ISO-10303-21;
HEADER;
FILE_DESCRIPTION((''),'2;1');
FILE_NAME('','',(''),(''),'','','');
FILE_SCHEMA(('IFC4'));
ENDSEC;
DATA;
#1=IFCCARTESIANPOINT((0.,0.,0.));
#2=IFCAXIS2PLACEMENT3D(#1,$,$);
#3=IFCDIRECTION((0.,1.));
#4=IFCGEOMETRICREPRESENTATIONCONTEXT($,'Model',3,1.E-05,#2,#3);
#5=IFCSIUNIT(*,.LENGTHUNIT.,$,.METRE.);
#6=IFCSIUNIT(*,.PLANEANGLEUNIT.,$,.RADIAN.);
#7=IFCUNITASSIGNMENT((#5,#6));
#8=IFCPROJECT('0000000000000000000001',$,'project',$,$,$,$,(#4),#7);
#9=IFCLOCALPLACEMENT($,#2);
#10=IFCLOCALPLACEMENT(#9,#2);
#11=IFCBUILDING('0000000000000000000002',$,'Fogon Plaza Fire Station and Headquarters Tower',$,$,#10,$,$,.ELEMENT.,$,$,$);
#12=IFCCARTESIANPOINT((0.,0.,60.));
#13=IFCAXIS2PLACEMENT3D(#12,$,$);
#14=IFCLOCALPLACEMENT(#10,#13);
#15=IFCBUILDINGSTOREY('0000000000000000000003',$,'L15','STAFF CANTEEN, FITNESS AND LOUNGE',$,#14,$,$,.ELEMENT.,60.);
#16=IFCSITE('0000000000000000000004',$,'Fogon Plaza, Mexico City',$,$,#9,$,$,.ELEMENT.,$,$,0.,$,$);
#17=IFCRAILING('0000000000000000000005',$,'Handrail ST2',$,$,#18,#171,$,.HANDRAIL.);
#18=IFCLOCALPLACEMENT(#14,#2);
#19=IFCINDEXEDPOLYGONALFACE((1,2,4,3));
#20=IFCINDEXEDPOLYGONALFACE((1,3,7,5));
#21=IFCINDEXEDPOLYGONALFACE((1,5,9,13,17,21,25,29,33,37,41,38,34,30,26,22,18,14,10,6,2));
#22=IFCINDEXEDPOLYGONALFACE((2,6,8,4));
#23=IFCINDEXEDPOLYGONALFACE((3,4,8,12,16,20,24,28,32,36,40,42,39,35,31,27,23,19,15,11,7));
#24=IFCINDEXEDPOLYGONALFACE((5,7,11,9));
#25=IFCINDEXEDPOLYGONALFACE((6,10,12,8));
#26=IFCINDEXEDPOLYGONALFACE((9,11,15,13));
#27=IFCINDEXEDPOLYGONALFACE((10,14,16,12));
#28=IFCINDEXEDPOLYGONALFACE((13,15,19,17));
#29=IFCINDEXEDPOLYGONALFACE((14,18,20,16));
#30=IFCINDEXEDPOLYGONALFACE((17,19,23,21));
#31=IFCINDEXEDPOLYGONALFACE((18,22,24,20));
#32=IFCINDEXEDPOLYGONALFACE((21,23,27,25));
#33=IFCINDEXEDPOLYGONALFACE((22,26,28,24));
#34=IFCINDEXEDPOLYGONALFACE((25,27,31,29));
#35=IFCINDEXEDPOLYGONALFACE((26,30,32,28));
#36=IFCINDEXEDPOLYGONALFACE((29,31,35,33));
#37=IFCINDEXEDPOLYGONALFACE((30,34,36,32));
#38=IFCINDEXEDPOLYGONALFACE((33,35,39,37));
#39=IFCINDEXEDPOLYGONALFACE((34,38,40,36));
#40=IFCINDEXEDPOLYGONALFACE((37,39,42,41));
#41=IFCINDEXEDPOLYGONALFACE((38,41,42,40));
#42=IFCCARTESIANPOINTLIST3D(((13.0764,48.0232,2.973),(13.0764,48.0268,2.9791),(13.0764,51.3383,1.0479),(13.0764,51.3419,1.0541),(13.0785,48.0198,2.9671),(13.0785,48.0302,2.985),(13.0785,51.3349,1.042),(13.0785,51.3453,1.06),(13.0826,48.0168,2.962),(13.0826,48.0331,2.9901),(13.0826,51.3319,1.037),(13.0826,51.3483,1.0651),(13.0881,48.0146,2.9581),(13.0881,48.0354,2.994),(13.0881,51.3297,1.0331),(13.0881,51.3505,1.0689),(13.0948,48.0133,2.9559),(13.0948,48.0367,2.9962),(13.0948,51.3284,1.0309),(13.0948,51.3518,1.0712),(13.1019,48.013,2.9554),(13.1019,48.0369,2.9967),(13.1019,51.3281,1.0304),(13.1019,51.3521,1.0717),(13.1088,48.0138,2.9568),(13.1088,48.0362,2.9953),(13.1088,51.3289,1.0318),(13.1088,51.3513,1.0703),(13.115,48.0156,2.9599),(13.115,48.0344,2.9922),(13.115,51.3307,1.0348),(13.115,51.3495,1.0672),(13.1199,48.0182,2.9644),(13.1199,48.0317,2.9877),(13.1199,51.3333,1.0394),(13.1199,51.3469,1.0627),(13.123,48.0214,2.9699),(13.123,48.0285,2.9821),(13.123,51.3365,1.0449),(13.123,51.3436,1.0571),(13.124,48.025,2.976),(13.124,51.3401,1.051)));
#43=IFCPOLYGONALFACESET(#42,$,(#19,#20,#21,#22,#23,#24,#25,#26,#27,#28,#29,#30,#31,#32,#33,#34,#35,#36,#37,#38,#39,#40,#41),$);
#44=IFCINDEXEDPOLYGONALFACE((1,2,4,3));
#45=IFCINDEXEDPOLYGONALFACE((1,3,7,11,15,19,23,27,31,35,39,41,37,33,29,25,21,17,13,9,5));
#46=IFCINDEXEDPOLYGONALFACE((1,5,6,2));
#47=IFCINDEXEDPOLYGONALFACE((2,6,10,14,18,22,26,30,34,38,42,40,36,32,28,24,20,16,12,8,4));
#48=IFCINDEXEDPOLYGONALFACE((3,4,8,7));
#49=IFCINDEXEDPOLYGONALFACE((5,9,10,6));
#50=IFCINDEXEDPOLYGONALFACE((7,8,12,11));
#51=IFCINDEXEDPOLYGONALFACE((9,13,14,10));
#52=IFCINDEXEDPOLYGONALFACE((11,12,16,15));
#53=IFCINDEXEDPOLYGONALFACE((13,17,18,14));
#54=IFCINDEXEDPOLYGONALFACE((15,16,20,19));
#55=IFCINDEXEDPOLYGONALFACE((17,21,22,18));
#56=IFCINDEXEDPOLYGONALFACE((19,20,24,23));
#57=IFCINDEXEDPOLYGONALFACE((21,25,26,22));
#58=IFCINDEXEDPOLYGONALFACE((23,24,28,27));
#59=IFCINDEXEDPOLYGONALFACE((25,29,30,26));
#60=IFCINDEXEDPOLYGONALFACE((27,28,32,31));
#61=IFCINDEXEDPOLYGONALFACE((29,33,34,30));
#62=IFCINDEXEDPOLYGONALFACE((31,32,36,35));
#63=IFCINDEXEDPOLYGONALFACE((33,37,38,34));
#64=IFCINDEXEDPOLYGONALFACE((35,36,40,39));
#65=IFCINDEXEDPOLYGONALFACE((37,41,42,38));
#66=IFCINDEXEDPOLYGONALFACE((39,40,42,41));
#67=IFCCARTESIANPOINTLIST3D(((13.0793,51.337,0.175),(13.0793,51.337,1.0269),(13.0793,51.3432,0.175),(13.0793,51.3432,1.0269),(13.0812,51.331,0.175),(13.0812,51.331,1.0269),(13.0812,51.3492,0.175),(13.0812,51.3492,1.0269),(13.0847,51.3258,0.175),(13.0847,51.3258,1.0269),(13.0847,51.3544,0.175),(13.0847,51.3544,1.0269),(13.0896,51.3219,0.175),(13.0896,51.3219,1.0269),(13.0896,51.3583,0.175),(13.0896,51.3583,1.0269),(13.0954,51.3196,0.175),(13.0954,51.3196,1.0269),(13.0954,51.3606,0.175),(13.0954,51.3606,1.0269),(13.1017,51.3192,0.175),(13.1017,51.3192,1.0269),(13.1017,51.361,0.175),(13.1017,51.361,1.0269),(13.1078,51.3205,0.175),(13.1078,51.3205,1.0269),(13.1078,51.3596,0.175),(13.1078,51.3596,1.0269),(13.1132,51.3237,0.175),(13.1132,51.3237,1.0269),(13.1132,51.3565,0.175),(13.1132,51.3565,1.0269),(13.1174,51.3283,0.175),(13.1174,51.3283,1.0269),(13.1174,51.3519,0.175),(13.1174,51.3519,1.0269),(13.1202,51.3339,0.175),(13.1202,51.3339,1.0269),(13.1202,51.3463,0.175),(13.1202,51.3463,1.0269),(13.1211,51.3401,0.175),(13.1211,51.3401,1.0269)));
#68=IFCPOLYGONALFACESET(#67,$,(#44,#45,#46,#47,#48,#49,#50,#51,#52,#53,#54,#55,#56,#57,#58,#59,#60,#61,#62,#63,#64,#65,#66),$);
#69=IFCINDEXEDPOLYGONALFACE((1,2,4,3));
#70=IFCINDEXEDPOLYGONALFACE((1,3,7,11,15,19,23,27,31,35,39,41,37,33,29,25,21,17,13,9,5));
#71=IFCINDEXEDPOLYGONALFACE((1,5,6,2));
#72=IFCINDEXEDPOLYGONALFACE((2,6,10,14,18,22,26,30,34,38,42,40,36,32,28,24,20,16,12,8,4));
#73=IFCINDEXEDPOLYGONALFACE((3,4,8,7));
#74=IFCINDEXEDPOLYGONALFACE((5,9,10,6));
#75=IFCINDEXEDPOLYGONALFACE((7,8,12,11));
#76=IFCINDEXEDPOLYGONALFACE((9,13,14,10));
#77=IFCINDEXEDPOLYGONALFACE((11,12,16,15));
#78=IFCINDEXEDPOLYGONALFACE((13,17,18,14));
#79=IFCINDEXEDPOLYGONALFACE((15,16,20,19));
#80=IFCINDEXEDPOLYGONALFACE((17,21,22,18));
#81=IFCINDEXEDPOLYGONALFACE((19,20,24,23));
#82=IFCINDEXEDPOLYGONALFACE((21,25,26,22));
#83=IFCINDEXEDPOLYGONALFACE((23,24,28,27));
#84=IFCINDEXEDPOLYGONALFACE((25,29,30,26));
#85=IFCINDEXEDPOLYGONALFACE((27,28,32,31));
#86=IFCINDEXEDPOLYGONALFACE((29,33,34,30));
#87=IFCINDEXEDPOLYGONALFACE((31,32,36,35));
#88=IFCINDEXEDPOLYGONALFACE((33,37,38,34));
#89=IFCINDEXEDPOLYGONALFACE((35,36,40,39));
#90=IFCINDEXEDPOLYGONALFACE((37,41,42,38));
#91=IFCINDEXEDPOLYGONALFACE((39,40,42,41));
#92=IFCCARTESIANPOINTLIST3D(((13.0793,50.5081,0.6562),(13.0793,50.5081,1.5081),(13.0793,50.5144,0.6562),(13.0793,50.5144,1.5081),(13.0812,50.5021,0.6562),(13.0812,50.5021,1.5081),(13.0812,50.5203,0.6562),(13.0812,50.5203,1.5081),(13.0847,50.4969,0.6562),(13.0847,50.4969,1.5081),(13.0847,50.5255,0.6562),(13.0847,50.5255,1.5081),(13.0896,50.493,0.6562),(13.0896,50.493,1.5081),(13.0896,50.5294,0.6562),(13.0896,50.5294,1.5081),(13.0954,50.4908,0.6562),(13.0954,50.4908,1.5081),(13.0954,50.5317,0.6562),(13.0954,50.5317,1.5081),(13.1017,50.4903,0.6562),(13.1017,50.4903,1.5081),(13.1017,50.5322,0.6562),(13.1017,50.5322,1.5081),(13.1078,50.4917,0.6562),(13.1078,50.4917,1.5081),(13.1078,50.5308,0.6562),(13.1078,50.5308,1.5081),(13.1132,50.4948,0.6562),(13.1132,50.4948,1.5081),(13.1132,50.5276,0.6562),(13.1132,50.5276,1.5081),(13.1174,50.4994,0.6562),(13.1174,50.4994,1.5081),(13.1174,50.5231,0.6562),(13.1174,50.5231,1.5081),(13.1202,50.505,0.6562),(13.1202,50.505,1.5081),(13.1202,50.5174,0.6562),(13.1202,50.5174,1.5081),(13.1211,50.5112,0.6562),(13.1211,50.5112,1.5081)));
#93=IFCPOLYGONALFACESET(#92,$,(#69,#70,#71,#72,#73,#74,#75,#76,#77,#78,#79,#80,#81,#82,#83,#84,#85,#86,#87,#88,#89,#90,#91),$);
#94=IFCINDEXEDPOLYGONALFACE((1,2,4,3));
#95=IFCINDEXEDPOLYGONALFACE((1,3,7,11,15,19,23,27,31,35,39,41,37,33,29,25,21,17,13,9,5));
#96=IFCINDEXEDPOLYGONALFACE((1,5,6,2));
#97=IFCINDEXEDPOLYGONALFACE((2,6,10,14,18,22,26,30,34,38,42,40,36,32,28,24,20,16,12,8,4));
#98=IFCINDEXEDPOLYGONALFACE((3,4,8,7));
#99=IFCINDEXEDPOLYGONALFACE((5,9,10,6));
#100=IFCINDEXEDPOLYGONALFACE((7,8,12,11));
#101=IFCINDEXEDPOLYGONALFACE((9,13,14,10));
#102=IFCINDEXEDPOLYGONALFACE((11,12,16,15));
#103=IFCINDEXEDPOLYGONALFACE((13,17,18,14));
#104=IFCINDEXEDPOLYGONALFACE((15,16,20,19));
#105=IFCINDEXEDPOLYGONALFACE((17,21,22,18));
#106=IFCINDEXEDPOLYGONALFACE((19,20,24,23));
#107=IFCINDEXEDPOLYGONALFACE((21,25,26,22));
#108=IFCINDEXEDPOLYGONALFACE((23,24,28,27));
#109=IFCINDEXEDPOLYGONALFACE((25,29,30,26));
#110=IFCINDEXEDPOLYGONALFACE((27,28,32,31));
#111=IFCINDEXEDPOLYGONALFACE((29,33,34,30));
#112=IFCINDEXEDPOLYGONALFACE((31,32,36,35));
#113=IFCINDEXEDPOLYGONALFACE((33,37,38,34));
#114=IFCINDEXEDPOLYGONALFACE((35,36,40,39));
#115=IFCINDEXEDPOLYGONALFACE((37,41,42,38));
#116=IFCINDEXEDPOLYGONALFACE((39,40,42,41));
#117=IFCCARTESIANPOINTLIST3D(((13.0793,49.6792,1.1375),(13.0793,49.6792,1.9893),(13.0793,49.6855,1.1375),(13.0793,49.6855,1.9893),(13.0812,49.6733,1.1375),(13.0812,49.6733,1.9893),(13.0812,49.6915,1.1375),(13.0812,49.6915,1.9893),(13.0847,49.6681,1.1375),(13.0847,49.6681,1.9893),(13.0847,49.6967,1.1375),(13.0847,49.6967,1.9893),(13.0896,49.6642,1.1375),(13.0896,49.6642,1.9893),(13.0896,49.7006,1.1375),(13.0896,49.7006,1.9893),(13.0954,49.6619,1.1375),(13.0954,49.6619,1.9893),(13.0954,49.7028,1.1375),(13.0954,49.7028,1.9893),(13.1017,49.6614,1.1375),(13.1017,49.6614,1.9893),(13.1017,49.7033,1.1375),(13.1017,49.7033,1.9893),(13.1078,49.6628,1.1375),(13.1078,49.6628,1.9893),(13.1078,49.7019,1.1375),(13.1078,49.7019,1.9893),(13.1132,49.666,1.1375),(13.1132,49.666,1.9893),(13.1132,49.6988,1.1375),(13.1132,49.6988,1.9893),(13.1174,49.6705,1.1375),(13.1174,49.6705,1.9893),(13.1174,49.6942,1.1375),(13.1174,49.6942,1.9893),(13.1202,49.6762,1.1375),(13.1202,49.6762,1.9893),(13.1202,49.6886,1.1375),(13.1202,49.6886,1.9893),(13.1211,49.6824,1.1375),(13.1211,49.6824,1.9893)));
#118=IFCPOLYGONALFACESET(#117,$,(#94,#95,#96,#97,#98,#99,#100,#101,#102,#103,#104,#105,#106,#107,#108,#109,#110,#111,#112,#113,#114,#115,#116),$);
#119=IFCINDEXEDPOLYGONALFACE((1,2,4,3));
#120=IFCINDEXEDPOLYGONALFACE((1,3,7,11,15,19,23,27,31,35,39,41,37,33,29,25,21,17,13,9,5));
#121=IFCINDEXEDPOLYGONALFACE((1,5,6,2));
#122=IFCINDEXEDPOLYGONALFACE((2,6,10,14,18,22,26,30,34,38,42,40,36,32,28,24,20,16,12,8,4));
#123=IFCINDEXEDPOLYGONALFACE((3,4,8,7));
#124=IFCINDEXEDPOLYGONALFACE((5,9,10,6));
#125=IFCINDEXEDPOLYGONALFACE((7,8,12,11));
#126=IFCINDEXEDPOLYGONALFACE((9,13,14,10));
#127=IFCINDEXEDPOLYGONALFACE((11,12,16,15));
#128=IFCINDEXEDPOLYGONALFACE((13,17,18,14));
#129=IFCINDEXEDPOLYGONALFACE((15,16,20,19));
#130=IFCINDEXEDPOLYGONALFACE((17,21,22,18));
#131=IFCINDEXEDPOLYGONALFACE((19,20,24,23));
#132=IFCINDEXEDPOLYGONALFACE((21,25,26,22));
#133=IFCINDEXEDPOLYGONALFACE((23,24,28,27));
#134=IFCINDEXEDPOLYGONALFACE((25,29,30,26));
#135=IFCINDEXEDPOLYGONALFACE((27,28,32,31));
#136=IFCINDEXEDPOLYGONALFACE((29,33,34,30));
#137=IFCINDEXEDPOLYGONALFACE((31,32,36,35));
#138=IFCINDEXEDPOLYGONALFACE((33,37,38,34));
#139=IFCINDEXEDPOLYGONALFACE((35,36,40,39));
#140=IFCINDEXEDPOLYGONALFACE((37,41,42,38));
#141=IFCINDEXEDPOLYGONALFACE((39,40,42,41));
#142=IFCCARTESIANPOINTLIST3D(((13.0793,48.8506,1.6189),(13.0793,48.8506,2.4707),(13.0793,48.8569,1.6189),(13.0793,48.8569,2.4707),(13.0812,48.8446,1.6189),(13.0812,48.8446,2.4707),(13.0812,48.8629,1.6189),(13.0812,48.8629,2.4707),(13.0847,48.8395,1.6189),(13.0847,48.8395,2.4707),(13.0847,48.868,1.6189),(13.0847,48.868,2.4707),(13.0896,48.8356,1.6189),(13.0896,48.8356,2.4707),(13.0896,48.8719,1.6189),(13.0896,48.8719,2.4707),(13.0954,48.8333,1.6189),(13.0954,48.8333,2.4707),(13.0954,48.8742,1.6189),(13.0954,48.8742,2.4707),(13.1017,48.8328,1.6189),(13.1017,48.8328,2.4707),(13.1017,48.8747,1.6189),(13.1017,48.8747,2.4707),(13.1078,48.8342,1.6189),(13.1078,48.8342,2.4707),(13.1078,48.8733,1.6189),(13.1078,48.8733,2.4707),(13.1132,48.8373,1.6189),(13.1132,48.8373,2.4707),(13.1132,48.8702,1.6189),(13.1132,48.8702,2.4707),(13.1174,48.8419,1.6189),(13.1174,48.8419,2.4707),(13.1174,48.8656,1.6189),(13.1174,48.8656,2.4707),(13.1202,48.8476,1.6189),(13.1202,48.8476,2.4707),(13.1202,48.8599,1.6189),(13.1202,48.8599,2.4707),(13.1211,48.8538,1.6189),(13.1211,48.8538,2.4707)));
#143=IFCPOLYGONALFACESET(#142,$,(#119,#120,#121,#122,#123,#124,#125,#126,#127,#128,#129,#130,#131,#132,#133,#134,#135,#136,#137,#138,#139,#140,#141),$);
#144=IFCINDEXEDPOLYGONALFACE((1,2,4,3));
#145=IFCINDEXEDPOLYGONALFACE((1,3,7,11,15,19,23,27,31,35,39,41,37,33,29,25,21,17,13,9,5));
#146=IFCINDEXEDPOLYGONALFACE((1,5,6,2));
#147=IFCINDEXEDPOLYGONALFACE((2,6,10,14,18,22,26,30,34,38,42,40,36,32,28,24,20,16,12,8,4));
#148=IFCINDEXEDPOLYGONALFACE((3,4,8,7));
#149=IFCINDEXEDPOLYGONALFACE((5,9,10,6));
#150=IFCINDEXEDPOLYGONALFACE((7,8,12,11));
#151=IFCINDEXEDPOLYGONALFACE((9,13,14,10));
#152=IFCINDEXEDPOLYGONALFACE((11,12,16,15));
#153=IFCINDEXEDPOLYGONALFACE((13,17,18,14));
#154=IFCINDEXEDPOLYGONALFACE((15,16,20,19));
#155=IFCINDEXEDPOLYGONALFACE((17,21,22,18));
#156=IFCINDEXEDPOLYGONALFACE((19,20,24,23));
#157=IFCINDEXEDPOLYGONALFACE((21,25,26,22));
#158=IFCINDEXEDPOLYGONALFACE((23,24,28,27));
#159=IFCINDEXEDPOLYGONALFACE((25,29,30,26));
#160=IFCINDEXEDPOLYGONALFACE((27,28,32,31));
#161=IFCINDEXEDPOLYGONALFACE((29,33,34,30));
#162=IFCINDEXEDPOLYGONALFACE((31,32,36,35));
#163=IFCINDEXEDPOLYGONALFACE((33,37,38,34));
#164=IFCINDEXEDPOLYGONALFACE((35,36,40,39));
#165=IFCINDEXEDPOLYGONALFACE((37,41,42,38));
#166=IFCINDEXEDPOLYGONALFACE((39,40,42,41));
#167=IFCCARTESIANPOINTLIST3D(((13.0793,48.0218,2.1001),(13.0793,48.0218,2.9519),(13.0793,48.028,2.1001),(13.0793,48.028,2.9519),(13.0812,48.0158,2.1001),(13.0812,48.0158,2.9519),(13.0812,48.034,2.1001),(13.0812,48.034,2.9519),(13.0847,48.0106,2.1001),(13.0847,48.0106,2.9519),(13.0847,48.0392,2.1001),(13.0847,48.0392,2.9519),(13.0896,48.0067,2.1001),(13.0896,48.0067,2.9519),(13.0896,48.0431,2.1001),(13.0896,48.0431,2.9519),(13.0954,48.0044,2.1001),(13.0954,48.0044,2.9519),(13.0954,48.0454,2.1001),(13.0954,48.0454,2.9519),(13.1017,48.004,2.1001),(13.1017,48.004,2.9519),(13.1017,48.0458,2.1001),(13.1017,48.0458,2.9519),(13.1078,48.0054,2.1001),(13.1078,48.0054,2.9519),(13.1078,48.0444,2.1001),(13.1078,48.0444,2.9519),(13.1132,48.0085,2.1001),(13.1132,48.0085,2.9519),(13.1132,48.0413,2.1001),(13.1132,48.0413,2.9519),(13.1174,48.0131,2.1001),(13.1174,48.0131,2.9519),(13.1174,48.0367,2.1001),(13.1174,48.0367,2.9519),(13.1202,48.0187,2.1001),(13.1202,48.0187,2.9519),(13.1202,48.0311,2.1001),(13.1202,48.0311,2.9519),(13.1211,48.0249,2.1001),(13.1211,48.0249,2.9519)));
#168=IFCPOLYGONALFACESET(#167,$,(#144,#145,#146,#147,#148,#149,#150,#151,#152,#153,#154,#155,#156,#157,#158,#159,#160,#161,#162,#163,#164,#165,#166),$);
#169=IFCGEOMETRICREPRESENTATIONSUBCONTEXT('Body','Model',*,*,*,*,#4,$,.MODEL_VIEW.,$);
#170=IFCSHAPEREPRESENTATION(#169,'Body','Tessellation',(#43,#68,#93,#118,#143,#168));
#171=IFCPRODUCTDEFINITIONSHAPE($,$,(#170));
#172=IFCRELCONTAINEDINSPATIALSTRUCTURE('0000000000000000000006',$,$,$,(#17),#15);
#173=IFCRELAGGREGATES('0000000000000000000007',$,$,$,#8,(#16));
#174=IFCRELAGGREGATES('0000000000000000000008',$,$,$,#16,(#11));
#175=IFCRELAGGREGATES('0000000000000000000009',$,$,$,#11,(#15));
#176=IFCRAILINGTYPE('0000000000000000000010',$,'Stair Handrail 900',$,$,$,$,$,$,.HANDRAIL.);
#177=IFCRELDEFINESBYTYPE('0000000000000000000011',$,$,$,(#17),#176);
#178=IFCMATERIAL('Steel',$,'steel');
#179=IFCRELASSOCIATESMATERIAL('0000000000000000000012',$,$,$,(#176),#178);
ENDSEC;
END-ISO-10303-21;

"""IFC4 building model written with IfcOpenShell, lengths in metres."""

from ifc_helpers import new_model, si_unit, direction, frame, origin, origin_2d, place, context, subcontext, project, spatial, circle, extrude, material, type_object, element, save


model = new_model("IFC4")

# Units and contexts
model_context = context("Model", 3, precision=1e-05, world=origin(), true_north=direction((0.0, 1.0)))
body_context = subcontext(model_context, "Body", "Model", "MODEL_VIEW")
ifc_project = project(units=[si_unit("LENGTHUNIT", "METRE"), si_unit("PLANEANGLEUNIT", "RADIAN")], contexts=[model_context])

# Site, building, storey
site_placement = place(None, origin())
site = spatial("IfcSite", under=ifc_project, at=site_placement, Name="Fogon Plaza, Mexico City", CompositionType="ELEMENT", RefElevation=0.0)
building_placement = place(site_placement, origin())
building = spatial("IfcBuilding", under=site, at=building_placement, Name="Fogon Plaza Fire Station and Headquarters Tower", CompositionType="ELEMENT")
storey_placement = place(building_placement, frame((0.0, 0.0, 60.0)))
storey = spatial("IfcBuildingStorey", under=building, at=storey_placement, Name="L15", Description="STAFF CANTEEN, FITNESS AND LOUNGE", CompositionType="ELEMENT", Elevation=60.0)

# Railing
ifc_material_1 = material(Name="Steel", Category="steel")
railing_type = type_object("IfcRailingType", Name="Stair Handrail 900", PredefinedType="HANDRAIL", material=ifc_material_1)
for number, where, name in (
    (1, (13.1001, 51.3401, 0.175), "Handrail ST2"),
):
    element("IfcRailing", number, at=place(storey_placement, frame(where)), inside=storey, type_object=railing_type, Name=name, PredefinedType="HANDRAIL", context=body_context, shape_type="SweptSolid", body=[
        extrude(circle(Radius=0.0239, at=origin_2d()), frame((0.0, 0.0, 0.876), z_axis=(0.0, -0.864777, 0.502155), x_axis=(1.0, 0.0, 0.0)), (0.0, 0.0, 1.0), 3.8335),
        extrude(circle(Radius=0.021, at=origin_2d()), origin(), (0.0, 0.0, 1.0), 0.8518),
        extrude(circle(Radius=0.021, at=origin_2d()), frame((0.0, -0.8289, 0.4812)), (0.0, 0.0, 1.0), 0.8518),
        extrude(circle(Radius=0.021, at=origin_2d()), frame((0.0, -1.6577, 0.9624)), (0.0, 0.0, 1.0), 0.8518),
        extrude(circle(Radius=0.021, at=origin_2d()), frame((0.0, -2.4863, 1.4438)), (0.0, 0.0, 1.0), 0.8518),
        extrude(circle(Radius=0.021, at=origin_2d()), frame((0.0, -3.3152, 1.925)), (0.0, 0.0, 1.0), 0.8518),
    ])

save(model, "model.ifc")
